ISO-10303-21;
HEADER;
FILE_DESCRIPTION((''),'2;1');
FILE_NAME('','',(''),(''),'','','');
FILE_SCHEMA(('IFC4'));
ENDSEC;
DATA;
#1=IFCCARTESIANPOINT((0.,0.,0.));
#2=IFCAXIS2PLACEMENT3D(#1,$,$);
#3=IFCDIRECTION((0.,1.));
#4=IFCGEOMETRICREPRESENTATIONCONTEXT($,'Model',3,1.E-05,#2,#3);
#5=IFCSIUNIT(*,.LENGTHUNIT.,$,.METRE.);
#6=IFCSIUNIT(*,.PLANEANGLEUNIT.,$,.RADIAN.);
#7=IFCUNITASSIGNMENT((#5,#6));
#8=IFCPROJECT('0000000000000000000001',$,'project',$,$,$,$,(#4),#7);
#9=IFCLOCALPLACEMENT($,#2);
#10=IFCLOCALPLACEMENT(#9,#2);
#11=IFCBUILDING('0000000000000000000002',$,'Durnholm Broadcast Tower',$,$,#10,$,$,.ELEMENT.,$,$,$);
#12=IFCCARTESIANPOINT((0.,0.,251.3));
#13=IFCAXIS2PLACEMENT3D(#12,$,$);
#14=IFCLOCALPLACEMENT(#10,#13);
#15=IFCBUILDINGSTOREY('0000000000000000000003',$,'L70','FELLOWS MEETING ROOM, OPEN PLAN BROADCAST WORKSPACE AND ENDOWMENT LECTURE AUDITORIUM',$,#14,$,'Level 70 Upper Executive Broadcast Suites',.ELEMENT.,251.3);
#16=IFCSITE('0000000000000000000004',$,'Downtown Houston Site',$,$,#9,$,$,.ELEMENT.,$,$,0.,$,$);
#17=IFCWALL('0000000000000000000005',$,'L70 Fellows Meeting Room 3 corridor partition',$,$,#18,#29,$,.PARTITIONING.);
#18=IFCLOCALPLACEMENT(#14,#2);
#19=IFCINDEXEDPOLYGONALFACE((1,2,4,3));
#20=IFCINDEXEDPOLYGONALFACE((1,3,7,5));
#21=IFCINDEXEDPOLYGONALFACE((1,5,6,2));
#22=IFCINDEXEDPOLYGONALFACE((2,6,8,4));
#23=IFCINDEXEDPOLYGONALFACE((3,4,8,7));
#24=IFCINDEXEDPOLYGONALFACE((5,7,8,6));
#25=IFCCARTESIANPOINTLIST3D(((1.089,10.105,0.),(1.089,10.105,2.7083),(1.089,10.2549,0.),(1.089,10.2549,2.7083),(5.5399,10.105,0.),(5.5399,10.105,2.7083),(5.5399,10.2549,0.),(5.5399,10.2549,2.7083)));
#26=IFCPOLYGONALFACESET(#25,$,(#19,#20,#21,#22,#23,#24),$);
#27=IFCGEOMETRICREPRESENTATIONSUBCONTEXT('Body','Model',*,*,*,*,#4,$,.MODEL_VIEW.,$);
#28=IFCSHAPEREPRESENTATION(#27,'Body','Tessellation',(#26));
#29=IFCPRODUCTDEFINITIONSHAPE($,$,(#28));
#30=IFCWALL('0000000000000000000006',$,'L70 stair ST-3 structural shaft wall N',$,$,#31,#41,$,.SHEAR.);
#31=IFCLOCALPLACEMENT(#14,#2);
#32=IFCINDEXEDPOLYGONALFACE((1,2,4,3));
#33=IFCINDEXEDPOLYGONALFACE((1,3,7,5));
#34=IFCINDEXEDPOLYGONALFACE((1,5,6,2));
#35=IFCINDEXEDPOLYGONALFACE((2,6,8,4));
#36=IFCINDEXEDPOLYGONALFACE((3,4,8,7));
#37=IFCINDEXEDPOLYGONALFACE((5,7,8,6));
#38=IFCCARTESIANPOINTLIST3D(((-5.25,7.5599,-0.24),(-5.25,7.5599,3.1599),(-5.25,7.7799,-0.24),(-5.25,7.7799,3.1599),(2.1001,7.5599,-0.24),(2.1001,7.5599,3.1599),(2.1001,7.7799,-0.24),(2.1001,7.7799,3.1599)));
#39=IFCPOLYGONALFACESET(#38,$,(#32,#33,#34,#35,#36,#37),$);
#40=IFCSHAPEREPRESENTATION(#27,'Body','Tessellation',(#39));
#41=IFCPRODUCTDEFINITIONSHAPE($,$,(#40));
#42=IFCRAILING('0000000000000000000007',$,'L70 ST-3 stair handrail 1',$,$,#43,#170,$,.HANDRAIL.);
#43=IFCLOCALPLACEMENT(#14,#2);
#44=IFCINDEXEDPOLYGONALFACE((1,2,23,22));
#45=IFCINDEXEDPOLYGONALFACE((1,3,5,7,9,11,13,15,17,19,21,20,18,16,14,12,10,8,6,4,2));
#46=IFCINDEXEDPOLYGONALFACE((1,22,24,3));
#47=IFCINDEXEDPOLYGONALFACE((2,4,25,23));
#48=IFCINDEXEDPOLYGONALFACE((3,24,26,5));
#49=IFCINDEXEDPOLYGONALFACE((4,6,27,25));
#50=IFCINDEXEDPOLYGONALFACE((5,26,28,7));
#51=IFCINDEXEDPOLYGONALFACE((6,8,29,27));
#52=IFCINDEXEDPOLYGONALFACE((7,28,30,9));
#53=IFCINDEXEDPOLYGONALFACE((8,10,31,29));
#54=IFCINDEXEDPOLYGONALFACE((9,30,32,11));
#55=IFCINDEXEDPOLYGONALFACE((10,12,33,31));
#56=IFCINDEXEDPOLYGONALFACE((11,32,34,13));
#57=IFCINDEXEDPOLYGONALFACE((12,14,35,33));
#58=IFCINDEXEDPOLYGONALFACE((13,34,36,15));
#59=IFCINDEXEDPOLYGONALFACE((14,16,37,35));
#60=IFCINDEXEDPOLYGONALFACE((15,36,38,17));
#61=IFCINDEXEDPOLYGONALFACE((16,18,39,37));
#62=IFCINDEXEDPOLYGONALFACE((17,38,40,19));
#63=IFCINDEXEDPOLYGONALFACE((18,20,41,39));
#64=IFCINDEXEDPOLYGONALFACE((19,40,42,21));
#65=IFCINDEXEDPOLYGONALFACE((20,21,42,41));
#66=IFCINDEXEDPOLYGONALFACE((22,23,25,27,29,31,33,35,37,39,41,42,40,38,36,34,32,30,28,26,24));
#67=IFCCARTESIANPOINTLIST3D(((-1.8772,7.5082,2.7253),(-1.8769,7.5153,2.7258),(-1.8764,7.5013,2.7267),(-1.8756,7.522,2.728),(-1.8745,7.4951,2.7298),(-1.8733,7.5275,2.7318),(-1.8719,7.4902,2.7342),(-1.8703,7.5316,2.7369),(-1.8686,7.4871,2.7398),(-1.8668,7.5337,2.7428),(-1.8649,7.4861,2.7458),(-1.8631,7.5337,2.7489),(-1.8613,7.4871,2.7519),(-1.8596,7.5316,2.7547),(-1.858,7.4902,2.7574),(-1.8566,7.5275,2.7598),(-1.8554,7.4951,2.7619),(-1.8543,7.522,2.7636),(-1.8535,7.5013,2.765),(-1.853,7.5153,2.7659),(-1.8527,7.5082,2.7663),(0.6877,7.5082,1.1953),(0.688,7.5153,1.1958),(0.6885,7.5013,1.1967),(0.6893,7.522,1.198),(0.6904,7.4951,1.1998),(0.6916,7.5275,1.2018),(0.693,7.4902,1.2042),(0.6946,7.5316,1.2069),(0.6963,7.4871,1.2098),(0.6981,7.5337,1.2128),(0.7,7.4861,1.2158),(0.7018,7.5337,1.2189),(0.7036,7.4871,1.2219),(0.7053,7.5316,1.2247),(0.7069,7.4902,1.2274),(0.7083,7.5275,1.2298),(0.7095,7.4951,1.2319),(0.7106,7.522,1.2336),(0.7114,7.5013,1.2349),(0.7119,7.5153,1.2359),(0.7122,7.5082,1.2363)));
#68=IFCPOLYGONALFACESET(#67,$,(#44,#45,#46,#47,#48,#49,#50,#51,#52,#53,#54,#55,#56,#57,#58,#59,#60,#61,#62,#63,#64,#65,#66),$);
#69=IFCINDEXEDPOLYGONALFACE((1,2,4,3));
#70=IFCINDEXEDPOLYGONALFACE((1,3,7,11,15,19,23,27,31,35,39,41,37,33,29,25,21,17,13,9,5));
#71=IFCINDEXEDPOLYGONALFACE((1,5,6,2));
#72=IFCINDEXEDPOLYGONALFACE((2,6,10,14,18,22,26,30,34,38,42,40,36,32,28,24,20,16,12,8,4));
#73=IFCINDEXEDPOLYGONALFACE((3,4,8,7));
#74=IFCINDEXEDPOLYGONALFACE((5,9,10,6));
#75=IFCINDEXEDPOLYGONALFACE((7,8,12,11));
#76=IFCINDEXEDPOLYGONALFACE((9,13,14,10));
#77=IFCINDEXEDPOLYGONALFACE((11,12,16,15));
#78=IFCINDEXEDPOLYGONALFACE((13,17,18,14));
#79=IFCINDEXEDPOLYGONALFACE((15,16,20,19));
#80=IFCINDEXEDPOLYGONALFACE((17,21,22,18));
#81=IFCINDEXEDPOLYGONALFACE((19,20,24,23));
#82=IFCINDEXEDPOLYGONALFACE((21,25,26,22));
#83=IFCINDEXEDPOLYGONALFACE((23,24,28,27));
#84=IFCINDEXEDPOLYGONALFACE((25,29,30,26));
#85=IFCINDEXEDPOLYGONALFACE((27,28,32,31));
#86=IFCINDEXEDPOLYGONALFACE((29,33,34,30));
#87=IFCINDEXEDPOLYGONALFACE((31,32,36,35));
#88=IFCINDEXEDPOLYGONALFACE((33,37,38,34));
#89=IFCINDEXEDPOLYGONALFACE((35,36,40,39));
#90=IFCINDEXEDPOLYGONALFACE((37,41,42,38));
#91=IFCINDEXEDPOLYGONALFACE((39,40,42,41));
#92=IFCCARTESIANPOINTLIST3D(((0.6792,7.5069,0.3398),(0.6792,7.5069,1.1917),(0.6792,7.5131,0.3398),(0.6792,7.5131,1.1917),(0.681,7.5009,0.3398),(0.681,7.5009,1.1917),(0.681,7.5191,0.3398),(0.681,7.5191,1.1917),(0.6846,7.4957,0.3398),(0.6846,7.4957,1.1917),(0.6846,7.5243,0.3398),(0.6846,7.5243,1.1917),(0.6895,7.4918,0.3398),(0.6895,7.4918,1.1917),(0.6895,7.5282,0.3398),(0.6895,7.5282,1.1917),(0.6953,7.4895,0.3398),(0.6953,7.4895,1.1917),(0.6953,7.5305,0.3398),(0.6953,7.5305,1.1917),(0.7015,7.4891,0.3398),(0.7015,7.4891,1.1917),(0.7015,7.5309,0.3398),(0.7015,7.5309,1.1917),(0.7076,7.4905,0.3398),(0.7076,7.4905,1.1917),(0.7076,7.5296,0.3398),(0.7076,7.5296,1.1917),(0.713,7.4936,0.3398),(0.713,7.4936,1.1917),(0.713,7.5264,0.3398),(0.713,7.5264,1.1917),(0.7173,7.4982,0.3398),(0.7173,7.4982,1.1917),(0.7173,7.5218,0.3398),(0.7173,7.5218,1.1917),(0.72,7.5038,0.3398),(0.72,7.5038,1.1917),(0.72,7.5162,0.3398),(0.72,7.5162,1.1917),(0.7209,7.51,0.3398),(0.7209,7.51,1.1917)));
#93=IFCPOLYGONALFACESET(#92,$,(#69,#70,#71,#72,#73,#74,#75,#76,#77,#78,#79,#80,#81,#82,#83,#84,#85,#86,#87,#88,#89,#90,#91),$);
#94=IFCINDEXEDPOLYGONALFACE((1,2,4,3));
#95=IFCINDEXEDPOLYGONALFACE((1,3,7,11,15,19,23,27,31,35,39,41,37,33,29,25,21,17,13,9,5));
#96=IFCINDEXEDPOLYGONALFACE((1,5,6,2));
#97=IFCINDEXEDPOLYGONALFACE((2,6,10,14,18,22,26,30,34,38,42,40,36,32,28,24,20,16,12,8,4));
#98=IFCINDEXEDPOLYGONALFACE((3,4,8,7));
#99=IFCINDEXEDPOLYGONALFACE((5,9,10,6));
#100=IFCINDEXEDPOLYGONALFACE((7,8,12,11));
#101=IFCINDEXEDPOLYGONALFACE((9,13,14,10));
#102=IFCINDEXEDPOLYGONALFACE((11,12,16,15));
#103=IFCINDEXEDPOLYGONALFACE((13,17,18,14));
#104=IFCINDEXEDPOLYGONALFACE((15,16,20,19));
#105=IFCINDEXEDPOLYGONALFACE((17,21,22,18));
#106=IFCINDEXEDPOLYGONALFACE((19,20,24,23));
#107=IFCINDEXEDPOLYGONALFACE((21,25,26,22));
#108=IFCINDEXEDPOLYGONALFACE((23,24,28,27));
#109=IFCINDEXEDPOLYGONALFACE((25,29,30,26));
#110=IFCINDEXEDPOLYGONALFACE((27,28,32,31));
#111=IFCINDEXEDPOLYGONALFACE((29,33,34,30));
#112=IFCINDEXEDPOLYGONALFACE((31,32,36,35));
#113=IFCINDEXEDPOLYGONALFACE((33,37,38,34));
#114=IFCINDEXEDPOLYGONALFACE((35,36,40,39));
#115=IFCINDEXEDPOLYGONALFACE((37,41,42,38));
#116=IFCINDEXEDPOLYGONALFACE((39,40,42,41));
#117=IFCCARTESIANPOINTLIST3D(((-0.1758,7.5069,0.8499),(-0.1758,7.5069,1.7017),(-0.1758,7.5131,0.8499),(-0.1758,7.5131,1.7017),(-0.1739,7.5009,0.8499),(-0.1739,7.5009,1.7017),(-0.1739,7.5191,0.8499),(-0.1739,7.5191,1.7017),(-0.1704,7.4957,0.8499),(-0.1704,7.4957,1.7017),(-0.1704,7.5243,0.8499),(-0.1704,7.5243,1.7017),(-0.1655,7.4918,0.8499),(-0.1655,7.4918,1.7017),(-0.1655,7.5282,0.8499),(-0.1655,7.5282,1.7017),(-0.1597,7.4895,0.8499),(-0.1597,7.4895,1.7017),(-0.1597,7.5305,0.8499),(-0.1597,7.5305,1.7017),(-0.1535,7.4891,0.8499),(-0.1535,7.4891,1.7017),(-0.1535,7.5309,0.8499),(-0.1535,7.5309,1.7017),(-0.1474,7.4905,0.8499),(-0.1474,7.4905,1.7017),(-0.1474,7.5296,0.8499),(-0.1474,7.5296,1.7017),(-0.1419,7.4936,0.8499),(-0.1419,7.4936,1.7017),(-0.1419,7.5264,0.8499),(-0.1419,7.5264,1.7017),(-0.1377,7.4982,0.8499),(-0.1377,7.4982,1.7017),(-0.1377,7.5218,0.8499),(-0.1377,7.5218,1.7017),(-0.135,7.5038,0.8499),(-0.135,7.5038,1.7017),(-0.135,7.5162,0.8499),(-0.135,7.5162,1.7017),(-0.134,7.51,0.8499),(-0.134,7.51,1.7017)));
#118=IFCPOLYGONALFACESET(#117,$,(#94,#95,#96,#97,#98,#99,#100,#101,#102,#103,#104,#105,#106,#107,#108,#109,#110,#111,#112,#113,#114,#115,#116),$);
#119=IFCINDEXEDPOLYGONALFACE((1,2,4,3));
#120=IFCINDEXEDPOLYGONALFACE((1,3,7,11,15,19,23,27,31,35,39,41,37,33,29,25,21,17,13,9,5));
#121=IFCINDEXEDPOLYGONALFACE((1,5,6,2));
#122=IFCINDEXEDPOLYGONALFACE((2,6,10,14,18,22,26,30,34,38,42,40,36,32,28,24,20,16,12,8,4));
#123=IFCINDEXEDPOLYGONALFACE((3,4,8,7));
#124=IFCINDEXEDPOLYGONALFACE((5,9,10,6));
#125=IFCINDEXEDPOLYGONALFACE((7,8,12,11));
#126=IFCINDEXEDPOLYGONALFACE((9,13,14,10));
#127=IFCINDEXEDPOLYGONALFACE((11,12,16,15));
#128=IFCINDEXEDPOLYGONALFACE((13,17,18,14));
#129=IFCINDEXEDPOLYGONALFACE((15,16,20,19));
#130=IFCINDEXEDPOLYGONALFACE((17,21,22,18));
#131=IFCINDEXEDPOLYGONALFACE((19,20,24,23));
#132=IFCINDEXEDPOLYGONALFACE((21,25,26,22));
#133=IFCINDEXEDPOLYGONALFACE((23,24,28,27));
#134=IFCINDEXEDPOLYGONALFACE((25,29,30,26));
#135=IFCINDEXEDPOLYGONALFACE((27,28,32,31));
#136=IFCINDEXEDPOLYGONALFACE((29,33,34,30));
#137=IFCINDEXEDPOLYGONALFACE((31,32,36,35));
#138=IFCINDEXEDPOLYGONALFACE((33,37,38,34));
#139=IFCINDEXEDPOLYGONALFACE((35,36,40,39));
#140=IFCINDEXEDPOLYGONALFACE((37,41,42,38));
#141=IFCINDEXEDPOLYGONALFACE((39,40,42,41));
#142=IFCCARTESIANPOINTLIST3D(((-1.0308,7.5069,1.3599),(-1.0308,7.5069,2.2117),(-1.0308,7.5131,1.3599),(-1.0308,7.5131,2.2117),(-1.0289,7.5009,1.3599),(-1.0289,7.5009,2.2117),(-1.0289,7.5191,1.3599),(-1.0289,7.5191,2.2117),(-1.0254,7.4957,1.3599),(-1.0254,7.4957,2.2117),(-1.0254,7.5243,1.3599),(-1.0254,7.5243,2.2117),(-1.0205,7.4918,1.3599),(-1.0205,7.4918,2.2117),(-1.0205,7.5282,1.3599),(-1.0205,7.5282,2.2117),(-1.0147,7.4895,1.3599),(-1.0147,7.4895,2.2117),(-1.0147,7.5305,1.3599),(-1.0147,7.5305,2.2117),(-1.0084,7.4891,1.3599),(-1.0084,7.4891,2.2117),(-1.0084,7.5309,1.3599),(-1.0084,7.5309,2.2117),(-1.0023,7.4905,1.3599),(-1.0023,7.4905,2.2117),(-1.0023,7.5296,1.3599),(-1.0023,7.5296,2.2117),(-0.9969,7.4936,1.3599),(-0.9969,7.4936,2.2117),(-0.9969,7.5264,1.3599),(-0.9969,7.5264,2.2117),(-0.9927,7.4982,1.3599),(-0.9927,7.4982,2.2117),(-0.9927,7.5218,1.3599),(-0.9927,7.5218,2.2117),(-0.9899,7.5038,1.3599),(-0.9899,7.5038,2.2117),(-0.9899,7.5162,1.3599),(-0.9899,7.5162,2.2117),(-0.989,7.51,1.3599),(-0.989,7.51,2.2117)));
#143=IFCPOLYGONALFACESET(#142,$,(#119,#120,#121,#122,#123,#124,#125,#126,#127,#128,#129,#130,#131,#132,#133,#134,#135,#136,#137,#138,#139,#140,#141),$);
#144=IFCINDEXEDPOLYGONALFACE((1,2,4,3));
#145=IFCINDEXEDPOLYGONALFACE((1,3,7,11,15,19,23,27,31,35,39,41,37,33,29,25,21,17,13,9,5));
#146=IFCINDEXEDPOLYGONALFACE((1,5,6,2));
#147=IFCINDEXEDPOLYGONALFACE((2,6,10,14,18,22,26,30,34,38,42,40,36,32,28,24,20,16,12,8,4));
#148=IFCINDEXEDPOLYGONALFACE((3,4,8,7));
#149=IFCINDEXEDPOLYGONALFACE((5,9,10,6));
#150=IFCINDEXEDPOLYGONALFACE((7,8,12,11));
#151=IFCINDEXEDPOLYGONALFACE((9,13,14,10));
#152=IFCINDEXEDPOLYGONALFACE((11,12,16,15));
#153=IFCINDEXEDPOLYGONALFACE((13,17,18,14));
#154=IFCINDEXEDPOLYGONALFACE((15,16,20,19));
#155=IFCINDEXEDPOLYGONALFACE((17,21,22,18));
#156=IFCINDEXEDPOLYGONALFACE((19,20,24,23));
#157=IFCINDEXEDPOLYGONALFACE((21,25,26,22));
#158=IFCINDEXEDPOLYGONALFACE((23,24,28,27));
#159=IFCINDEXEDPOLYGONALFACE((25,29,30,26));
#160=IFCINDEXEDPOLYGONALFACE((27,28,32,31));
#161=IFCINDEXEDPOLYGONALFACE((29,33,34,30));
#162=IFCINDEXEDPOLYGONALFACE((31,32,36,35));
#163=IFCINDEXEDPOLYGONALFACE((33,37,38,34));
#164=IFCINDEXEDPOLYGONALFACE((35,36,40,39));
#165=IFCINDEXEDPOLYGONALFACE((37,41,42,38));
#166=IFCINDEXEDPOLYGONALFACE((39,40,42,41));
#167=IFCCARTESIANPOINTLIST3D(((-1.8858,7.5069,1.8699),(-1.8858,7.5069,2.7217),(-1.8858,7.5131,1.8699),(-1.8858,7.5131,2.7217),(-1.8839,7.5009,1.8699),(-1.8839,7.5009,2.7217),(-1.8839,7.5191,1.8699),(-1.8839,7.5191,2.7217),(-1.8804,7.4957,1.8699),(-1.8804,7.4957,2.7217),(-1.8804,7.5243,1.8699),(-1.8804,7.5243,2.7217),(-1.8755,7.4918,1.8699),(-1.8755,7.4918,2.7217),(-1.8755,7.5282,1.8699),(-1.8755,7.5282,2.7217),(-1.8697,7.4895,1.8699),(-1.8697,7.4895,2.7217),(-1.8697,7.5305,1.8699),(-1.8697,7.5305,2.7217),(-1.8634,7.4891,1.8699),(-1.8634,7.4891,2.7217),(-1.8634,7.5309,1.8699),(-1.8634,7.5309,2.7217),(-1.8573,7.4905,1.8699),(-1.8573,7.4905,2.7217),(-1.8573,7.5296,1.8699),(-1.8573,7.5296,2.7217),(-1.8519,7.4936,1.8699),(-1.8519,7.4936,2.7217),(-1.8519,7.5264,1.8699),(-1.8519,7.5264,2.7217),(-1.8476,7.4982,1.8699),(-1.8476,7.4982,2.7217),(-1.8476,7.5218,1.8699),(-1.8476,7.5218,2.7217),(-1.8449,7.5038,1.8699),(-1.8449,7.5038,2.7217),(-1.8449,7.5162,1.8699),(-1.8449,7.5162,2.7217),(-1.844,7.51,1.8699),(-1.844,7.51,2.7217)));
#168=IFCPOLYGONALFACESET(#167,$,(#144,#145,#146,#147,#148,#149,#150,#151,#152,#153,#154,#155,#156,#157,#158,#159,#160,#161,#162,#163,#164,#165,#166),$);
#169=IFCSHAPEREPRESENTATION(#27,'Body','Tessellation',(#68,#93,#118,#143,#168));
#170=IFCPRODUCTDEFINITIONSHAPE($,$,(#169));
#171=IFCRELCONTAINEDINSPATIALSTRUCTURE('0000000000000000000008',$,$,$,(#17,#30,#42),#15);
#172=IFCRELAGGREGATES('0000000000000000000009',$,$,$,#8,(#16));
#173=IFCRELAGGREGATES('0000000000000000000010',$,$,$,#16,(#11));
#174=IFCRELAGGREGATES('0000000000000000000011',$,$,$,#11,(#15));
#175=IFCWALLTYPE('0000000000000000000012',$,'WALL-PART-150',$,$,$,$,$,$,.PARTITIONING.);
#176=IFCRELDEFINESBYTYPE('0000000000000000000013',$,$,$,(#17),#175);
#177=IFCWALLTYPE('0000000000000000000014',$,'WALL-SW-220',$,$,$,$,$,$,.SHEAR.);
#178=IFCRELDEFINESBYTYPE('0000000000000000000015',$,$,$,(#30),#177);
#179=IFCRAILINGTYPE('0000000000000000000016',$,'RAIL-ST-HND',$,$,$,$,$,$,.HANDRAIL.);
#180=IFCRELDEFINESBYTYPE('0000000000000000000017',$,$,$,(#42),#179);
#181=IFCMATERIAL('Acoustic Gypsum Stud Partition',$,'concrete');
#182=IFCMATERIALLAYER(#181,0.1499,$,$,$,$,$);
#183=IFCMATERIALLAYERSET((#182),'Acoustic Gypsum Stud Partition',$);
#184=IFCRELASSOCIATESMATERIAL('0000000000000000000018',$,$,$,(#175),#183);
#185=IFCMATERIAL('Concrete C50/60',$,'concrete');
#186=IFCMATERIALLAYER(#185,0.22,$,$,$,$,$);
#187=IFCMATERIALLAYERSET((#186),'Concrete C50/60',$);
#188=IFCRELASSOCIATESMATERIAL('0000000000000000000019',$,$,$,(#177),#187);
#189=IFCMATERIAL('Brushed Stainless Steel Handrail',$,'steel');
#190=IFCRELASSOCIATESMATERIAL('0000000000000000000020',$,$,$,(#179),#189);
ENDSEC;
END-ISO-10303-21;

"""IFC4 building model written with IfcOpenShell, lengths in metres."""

from ifc_helpers import new_model, si_unit, direction, frame, frame_2d, origin, origin_2d, place, context, subcontext, project, spatial, rectangle, circle, extrude, material, layer, layer_set, type_object, element, save


model = new_model("IFC4")

# Units and contexts
model_context = context("Model", 3, precision=1e-05, world=origin(), true_north=direction((0.0, 1.0)))
body_context = subcontext(model_context, "Body", "Model", "MODEL_VIEW")
ifc_project = project(units=[si_unit("LENGTHUNIT", "METRE"), si_unit("PLANEANGLEUNIT", "RADIAN")], contexts=[model_context])

# Site, building, storey
site_placement = place(None, origin())
site = spatial("IfcSite", under=ifc_project, at=site_placement, Name="Downtown Houston Site", CompositionType="ELEMENT", RefElevation=0.0)
building_placement = place(site_placement, origin())
building = spatial("IfcBuilding", under=site, at=building_placement, Name="Durnholm Broadcast Tower", CompositionType="ELEMENT")
storey_placement = place(building_placement, frame((0.0, 0.0, 251.3)))
storey = spatial("IfcBuildingStorey", under=building, at=storey_placement, Name="L70", Description="FELLOWS MEETING ROOM, OPEN PLAN BROADCAST WORKSPACE AND ENDOWMENT LECTURE AUDITORIUM", LongName="Level 70 Upper Executive Broadcast Suites", CompositionType="ELEMENT", Elevation=251.3)

# Shared definitions
ifc_material_1 = material(Name="Acoustic Gypsum Stud Partition", Category="concrete")
ifc_layer_1 = layer(ifc_material_1, 0.1499)
ifc_layer_set_1 = layer_set([ifc_layer_1], Name="Acoustic Gypsum Stud Partition")
wall_type_1 = type_object("IfcWallType", Name="WALL-PART-150", PredefinedType="PARTITIONING", material=ifc_layer_set_1)

# Walls
wall_1_placement = place(storey_placement, frame((5.54, 10.1799, 0.0), z_axis=(0.0, 0.0, 1.0), x_axis=(-1.0, 0.0, 0.0)))
element("IfcWall", 1, at=wall_1_placement, inside=storey, type_object=wall_type_1, Name="L70 Fellows Meeting Room 3 corridor partition", PredefinedType="PARTITIONING", context=body_context, shape_type="SweptSolid", body=[
    extrude(rectangle(XDim=4.4509, YDim=0.1499, at=frame_2d((2.2256, 0.0))), origin(), (0.0, 0.0, 1.0), 2.7083),
])
ifc_material_2 = material(Name="Concrete C50/60", Category="concrete")
ifc_layer_2 = layer(ifc_material_2, 0.22)
ifc_layer_set_2 = layer_set([ifc_layer_2], Name="Concrete C50/60")
wall_type_2 = type_object("IfcWallType", Name="WALL-SW-220", PredefinedType="SHEAR", material=ifc_layer_set_2)
wall_2_placement = place(storey_placement, frame((2.1001, 7.6699, -0.24), z_axis=(0.0, 0.0, 1.0), x_axis=(-1.0, 0.0, 0.0)))
element("IfcWall", 2, at=wall_2_placement, inside=storey, type_object=wall_type_2, Name="L70 stair ST-3 structural shaft wall N", PredefinedType="SHEAR", context=body_context, shape_type="SweptSolid", body=[
    extrude(rectangle(XDim=7.3501, YDim=0.22, at=frame_2d((3.675, 0.0))), origin(), (0.0, 0.0, 1.0), 3.3999),
])

# Railing
ifc_material_3 = material(Name="Brushed Stainless Steel Handrail", Category="steel")
railing_type = type_object("IfcRailingType", Name="RAIL-ST-HND", PredefinedType="HANDRAIL", material=ifc_material_3)
railing_placement = place(storey_placement, frame((0.7, 7.51, 0.3398)))
element("IfcRailing", 3, at=railing_placement, inside=storey, type_object=railing_type, Name="L70 ST-3 stair handrail 1", PredefinedType="HANDRAIL", context=body_context, shape_type="SweptSolid", body=[
    extrude(circle(Radius=0.0239, at=origin_2d()), frame((0.0, 0.0, 0.876), z_axis=(-0.85881, 0.0, 0.512294), x_axis=(0.0, -1.0, 0.0)), (0.0, 0.0, 1.0), 2.9866),
    extrude(circle(Radius=0.021, at=origin_2d()), origin(), (0.0, 0.0, 1.0), 0.8518),
    extrude(circle(Radius=0.021, at=origin_2d()), frame((-0.855, 0.0, 0.51)), (0.0, 0.0, 1.0), 0.8518),
    extrude(circle(Radius=0.021, at=origin_2d()), frame((-1.71, 0.0, 1.02)), (0.0, 0.0, 1.0), 0.8518),
    extrude(circle(Radius=0.021, at=origin_2d()), frame((-2.5649, 0.0, 1.53)), (0.0, 0.0, 1.0), 0.8518),
])

save(model, "model.ifc")
